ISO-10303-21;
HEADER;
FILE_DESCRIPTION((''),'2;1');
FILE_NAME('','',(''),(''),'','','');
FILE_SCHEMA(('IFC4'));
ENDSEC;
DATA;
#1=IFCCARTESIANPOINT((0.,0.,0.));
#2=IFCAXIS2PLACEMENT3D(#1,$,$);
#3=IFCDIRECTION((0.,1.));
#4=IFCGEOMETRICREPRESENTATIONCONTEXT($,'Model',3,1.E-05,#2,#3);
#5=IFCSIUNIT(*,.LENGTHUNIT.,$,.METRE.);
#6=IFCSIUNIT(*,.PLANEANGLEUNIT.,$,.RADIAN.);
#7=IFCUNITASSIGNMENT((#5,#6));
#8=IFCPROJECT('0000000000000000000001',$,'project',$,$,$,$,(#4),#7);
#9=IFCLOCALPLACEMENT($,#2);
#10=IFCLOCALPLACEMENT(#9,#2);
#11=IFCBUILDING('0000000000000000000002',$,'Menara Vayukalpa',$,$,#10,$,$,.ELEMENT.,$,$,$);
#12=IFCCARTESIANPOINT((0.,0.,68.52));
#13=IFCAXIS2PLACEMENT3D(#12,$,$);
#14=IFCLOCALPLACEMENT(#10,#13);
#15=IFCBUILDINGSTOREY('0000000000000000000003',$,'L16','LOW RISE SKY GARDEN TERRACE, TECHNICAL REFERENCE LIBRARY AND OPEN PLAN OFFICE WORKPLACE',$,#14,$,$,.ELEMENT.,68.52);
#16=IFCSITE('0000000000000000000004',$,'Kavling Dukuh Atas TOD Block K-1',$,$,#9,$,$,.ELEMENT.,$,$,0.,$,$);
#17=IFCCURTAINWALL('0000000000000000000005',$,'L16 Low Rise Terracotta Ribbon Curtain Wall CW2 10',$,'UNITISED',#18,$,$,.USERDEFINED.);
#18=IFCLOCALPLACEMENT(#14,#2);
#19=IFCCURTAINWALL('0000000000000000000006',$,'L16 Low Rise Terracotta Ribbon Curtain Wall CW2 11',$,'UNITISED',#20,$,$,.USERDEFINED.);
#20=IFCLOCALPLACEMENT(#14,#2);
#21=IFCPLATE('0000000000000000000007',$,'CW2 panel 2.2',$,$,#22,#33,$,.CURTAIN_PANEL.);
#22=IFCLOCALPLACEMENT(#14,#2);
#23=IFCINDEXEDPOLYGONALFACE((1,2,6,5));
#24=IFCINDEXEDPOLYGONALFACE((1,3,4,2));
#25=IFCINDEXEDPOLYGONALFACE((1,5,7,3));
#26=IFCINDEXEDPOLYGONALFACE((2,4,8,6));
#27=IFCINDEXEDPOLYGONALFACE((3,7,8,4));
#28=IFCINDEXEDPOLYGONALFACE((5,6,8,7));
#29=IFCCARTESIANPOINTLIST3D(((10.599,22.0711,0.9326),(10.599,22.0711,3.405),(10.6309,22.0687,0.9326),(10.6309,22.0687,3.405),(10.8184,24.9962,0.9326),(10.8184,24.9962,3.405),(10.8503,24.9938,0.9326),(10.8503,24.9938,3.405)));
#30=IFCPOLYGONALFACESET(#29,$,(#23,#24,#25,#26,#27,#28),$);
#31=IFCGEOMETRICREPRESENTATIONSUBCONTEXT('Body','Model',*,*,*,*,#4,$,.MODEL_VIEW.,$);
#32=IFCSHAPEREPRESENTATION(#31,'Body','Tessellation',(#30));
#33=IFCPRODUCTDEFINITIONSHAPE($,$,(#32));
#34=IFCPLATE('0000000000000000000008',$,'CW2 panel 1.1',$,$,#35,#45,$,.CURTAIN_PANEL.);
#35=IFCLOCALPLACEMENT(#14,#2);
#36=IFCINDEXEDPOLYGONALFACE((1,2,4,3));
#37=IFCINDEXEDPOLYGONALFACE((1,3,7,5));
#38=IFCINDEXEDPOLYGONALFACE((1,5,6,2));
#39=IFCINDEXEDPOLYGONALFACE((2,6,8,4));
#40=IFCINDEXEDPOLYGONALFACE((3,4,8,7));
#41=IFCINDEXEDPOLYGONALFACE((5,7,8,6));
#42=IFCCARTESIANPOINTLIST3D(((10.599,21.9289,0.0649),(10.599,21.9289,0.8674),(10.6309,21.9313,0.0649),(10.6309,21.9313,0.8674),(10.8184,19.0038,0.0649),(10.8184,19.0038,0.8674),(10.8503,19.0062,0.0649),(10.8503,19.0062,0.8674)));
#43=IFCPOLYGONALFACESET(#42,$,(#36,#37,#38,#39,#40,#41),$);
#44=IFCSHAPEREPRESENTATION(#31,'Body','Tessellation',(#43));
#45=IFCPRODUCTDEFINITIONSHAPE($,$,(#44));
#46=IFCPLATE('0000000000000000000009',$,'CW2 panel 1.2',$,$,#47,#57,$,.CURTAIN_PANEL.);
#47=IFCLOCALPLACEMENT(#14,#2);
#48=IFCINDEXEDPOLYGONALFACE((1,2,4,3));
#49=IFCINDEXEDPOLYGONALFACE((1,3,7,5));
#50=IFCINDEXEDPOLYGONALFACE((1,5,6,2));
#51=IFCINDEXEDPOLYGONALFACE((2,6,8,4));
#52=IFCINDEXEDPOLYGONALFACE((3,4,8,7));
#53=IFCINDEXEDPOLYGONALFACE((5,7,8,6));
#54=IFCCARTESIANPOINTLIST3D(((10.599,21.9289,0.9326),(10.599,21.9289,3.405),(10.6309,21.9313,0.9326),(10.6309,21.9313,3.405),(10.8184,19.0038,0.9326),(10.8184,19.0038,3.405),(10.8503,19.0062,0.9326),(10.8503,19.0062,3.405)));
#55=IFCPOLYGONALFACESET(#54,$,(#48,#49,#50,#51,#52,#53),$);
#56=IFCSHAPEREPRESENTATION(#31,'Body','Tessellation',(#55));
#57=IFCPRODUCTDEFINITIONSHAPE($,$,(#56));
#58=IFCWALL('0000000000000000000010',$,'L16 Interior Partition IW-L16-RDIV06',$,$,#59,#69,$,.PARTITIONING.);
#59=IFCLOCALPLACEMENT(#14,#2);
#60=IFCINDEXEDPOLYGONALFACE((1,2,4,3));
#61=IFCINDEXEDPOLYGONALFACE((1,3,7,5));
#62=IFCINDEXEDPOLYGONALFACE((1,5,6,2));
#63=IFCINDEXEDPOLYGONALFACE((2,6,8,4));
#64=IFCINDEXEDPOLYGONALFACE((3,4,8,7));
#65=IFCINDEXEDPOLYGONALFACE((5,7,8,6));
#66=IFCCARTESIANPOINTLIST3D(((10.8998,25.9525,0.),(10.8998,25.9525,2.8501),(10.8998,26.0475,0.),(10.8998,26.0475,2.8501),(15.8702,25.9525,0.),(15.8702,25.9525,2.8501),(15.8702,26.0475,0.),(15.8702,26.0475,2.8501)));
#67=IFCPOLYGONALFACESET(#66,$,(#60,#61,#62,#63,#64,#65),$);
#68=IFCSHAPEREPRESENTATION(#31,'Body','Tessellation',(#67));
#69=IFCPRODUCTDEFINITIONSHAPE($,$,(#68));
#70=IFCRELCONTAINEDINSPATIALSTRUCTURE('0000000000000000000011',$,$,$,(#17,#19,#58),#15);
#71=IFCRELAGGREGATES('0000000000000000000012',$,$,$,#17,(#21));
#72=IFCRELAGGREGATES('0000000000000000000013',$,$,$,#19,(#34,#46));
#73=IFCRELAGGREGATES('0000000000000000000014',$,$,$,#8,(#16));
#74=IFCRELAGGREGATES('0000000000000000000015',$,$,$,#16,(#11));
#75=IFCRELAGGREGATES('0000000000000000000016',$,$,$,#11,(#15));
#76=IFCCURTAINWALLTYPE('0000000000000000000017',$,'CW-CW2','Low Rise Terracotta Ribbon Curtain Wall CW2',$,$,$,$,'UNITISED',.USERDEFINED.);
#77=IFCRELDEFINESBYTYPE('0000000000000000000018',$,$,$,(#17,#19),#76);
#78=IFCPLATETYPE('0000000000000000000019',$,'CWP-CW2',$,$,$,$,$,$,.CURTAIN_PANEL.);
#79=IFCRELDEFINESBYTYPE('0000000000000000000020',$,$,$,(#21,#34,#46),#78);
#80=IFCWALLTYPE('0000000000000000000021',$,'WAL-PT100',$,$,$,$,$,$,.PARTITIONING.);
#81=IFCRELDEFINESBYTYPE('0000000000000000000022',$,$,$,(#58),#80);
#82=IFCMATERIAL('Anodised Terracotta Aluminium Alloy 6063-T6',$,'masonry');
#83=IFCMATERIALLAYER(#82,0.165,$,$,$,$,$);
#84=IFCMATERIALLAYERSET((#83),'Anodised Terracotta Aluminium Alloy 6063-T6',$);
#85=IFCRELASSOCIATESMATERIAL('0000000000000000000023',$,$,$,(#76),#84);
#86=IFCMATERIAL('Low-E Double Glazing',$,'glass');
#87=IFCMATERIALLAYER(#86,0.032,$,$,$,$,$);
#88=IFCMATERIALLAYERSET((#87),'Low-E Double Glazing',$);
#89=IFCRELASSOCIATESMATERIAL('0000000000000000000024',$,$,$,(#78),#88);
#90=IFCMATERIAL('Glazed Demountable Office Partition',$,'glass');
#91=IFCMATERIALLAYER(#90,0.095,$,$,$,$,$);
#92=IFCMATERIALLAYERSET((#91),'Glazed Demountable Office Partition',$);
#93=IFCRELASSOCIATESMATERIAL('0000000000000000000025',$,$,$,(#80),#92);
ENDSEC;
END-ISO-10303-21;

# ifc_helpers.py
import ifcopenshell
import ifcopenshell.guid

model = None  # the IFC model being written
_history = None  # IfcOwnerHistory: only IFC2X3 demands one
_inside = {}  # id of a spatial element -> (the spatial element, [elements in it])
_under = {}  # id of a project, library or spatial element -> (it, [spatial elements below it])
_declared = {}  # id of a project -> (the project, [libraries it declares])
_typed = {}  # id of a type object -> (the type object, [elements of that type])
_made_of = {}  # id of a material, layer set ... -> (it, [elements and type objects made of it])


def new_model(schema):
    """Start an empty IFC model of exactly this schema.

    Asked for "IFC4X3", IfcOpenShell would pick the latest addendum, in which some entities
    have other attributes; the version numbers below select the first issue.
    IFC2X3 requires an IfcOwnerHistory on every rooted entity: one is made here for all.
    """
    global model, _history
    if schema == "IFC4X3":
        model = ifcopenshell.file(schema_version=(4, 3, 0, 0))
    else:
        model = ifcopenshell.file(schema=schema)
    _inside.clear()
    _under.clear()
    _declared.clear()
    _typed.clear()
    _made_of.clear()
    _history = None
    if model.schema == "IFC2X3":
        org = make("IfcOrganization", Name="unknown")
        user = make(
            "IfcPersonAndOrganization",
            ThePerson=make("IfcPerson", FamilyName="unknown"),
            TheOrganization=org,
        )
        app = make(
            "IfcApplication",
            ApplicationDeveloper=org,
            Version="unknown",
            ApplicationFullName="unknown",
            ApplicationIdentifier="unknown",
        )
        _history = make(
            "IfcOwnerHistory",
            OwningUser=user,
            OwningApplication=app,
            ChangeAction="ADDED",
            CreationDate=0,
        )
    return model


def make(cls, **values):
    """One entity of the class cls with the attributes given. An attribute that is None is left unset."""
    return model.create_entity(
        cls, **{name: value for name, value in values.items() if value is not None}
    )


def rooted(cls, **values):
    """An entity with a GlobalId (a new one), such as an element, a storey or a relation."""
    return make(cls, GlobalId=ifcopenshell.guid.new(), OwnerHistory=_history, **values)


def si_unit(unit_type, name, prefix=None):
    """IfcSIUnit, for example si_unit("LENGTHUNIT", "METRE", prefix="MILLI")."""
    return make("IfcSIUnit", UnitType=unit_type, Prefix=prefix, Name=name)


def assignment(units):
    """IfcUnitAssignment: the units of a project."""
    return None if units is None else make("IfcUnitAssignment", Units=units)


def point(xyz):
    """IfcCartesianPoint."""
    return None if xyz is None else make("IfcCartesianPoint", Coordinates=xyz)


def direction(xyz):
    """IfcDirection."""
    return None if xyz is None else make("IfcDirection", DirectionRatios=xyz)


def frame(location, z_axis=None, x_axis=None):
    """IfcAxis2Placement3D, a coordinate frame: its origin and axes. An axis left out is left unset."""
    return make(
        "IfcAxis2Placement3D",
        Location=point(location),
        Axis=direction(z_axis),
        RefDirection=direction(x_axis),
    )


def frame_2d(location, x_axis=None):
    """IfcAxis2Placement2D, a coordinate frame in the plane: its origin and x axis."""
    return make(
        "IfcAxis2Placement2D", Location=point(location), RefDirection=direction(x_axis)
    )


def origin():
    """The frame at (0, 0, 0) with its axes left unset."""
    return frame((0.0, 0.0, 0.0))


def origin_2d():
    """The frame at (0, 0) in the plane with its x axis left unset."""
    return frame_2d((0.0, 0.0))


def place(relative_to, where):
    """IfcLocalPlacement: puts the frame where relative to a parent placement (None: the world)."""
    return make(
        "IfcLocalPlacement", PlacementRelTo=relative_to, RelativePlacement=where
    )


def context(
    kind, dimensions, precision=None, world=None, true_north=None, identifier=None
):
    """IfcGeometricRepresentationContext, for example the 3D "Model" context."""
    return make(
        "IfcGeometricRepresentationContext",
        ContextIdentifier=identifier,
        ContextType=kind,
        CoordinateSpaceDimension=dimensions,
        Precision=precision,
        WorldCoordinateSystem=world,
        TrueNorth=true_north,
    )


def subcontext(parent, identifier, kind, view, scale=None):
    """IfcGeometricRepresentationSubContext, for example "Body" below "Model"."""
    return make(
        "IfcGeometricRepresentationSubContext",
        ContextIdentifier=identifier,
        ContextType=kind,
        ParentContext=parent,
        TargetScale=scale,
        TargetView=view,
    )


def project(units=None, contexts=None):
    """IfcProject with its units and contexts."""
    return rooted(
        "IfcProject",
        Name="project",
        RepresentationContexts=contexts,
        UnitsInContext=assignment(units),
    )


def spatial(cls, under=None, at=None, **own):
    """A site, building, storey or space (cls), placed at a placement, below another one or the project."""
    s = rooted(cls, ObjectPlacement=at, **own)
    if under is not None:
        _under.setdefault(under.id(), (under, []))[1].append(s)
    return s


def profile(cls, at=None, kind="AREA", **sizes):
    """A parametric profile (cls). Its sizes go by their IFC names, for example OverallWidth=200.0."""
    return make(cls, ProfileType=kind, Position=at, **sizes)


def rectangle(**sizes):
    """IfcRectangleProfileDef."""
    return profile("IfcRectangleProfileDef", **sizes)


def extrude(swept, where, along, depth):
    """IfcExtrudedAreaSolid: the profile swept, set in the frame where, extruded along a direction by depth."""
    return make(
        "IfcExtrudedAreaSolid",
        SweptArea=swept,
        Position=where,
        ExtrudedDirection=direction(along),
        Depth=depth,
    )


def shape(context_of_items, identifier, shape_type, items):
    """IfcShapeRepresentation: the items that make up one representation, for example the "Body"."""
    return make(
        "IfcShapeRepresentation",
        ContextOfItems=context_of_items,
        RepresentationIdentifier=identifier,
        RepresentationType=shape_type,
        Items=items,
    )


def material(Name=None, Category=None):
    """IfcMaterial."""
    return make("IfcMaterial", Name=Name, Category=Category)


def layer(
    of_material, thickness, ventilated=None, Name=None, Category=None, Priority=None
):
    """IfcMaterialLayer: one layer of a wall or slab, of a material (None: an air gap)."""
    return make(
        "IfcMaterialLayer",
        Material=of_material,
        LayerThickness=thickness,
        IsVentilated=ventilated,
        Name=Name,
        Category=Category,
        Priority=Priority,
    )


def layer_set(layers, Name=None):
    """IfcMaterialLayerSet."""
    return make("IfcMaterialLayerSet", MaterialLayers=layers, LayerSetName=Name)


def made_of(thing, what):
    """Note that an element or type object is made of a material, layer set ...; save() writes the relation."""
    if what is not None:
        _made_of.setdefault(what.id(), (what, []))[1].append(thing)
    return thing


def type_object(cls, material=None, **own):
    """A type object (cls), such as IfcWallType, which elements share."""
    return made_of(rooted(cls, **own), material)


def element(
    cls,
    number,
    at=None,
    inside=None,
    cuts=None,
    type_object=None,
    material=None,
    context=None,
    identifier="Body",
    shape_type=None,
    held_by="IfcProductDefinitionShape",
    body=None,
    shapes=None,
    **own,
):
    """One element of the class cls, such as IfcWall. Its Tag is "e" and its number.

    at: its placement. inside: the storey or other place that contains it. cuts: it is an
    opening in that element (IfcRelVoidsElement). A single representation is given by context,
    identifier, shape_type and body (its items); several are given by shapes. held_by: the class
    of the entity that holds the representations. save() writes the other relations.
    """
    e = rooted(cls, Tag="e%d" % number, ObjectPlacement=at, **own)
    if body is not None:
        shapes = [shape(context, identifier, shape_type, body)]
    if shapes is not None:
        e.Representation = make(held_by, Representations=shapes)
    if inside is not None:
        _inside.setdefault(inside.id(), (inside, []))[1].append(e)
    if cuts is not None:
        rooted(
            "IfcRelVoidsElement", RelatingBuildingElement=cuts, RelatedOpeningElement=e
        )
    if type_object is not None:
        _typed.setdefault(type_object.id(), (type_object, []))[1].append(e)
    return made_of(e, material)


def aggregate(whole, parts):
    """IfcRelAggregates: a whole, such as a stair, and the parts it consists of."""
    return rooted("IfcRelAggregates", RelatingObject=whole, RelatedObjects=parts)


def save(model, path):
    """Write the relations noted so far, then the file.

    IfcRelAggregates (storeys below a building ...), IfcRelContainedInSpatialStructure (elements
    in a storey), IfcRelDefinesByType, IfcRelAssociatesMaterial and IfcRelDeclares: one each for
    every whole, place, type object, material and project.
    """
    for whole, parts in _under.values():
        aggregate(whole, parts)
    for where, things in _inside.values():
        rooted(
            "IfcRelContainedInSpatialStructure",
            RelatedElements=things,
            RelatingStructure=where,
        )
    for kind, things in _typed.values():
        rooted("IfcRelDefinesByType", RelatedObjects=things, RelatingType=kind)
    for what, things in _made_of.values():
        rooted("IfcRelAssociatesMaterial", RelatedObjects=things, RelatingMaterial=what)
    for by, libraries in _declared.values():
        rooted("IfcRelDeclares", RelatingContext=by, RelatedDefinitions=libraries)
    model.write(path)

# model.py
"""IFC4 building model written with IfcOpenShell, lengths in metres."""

from ifc_helpers import new_model, si_unit, direction, frame, frame_2d, origin, origin_2d, place, context, subcontext, project, spatial, rectangle, extrude, material, layer, layer_set, type_object, element, aggregate, save


model = new_model("IFC4")

# Units and contexts
model_context = context("Model", 3, precision=1e-05, world=origin(), true_north=direction((0.0, 1.0)))
body_context = subcontext(model_context, "Body", "Model", "MODEL_VIEW")
ifc_project = project(units=[si_unit("LENGTHUNIT", "METRE"), si_unit("PLANEANGLEUNIT", "RADIAN")], contexts=[model_context])

# Site, building, storey
site_placement = place(None, origin())
site = spatial("IfcSite", under=ifc_project, at=site_placement, Name="Kavling Dukuh Atas TOD Block K-1", CompositionType="ELEMENT", RefElevation=0.0)
building_placement = place(site_placement, origin())
building = spatial("IfcBuilding", under=site, at=building_placement, Name="Menara Vayukalpa", CompositionType="ELEMENT")
storey_placement = place(building_placement, frame((0.0, 0.0, 68.52)))
storey = spatial("IfcBuildingStorey", under=building, at=storey_placement, Name="L16", Description="LOW RISE SKY GARDEN TERRACE, TECHNICAL REFERENCE LIBRARY AND OPEN PLAN OFFICE WORKPLACE", CompositionType="ELEMENT", Elevation=68.52)

# Curtain wall
ifc_material_1 = material(Name="Anodised Terracotta Aluminium Alloy 6063-T6", Category="masonry")
ifc_layer_1 = layer(ifc_material_1, 0.165)
ifc_layer_set_1 = layer_set([ifc_layer_1], Name="Anodised Terracotta Aluminium Alloy 6063-T6")
curtain_wall_type = type_object("IfcCurtainWallType", Name="CW-CW2", Description="Low Rise Terracotta Ribbon Curtain Wall CW2", ElementType="UNITISED", PredefinedType="USERDEFINED", material=ifc_layer_set_1)
curtain_wall_1_placement = place(storey_placement, origin())
curtain_wall_1 = element("IfcCurtainWall", 1, at=curtain_wall_1_placement, inside=storey, type_object=curtain_wall_type, Name="L16 Low Rise Terracotta Ribbon Curtain Wall CW2 10", ObjectType="UNITISED", PredefinedType="USERDEFINED")

# Curtain wall
curtain_wall_2_placement = place(storey_placement, origin())
curtain_wall_2 = element("IfcCurtainWall", 2, at=curtain_wall_2_placement, inside=storey, type_object=curtain_wall_type, Name="L16 Low Rise Terracotta Ribbon Curtain Wall CW2 11", ObjectType="UNITISED", PredefinedType="USERDEFINED")

# Plates
ifc_material_2 = material(Name="Low-E Double Glazing", Category="glass")
ifc_layer_2 = layer(ifc_material_2, 0.032)
ifc_layer_set_2 = layer_set([ifc_layer_2], Name="Low-E Double Glazing")
plate_type = type_object("IfcPlateType", Name="CWP-CW2", PredefinedType="CURTAIN_PANEL", material=ifc_layer_set_2)
plate_1_placement = place(storey_placement, frame((10.7246, 23.5325, 0.9326), z_axis=(0.0, 0.0, 1.0), x_axis=(-0.074795, -0.997199, 0.0)))
plate_1 = element("IfcPlate", 3, at=plate_1_placement, type_object=plate_type, Name="CW2 panel 2.2", PredefinedType="CURTAIN_PANEL", context=body_context, shape_type="SweptSolid", body=[
    extrude(rectangle(XDim=2.9333, YDim=0.032, at=origin_2d()), origin(), (0.0, 0.0, 1.0), 2.4724),
])
aggregate(curtain_wall_1, [plate_1])
plate_2_placement = place(storey_placement, frame((10.7246, 20.4675, 0.0649), z_axis=(0.0, 0.0, 1.0), x_axis=(0.074795, -0.997199, 0.0)))
plate_2 = element("IfcPlate", 4, at=plate_2_placement, type_object=plate_type, Name="CW2 panel 1.1", PredefinedType="CURTAIN_PANEL", context=body_context, shape_type="SweptSolid", body=[
    extrude(rectangle(XDim=2.9333, YDim=0.032, at=origin_2d()), origin(), (0.0, 0.0, 1.0), 0.8025),
])
plate_3_placement = place(storey_placement, frame((10.7246, 20.4675, 0.9326), z_axis=(0.0, 0.0, 1.0), x_axis=(0.074795, -0.997199, 0.0)))
plate_3 = element("IfcPlate", 5, at=plate_3_placement, type_object=plate_type, Name="CW2 panel 1.2", PredefinedType="CURTAIN_PANEL", context=body_context, shape_type="SweptSolid", body=[
    extrude(rectangle(XDim=2.9333, YDim=0.032, at=origin_2d()), origin(), (0.0, 0.0, 1.0), 2.4724),
])
aggregate(curtain_wall_2, [plate_2, plate_3])

# Wall
ifc_material_3 = material(Name="Glazed Demountable Office Partition", Category="glass")
ifc_layer_3 = layer(ifc_material_3, 0.095)
ifc_layer_set_3 = layer_set([ifc_layer_3], Name="Glazed Demountable Office Partition")
wall_type = type_object("IfcWallType", Name="WAL-PT100", PredefinedType="PARTITIONING", material=ifc_layer_set_3)
wall_placement = place(storey_placement, frame((10.8997, 26.0, 0.0), z_axis=(0.0, 0.0, 1.0), x_axis=(1.0, 0.0, 0.0)))
element("IfcWall", 6, at=wall_placement, inside=storey, type_object=wall_type, Name="L16 Interior Partition IW-L16-RDIV06", PredefinedType="PARTITIONING", context=body_context, shape_type="SweptSolid", body=[
    extrude(rectangle(XDim=4.9705, YDim=0.095, at=frame_2d((2.4854, 0.0))), origin(), (0.0, 0.0, 1.0), 2.8501),
])

save(model, "model.ifc")
